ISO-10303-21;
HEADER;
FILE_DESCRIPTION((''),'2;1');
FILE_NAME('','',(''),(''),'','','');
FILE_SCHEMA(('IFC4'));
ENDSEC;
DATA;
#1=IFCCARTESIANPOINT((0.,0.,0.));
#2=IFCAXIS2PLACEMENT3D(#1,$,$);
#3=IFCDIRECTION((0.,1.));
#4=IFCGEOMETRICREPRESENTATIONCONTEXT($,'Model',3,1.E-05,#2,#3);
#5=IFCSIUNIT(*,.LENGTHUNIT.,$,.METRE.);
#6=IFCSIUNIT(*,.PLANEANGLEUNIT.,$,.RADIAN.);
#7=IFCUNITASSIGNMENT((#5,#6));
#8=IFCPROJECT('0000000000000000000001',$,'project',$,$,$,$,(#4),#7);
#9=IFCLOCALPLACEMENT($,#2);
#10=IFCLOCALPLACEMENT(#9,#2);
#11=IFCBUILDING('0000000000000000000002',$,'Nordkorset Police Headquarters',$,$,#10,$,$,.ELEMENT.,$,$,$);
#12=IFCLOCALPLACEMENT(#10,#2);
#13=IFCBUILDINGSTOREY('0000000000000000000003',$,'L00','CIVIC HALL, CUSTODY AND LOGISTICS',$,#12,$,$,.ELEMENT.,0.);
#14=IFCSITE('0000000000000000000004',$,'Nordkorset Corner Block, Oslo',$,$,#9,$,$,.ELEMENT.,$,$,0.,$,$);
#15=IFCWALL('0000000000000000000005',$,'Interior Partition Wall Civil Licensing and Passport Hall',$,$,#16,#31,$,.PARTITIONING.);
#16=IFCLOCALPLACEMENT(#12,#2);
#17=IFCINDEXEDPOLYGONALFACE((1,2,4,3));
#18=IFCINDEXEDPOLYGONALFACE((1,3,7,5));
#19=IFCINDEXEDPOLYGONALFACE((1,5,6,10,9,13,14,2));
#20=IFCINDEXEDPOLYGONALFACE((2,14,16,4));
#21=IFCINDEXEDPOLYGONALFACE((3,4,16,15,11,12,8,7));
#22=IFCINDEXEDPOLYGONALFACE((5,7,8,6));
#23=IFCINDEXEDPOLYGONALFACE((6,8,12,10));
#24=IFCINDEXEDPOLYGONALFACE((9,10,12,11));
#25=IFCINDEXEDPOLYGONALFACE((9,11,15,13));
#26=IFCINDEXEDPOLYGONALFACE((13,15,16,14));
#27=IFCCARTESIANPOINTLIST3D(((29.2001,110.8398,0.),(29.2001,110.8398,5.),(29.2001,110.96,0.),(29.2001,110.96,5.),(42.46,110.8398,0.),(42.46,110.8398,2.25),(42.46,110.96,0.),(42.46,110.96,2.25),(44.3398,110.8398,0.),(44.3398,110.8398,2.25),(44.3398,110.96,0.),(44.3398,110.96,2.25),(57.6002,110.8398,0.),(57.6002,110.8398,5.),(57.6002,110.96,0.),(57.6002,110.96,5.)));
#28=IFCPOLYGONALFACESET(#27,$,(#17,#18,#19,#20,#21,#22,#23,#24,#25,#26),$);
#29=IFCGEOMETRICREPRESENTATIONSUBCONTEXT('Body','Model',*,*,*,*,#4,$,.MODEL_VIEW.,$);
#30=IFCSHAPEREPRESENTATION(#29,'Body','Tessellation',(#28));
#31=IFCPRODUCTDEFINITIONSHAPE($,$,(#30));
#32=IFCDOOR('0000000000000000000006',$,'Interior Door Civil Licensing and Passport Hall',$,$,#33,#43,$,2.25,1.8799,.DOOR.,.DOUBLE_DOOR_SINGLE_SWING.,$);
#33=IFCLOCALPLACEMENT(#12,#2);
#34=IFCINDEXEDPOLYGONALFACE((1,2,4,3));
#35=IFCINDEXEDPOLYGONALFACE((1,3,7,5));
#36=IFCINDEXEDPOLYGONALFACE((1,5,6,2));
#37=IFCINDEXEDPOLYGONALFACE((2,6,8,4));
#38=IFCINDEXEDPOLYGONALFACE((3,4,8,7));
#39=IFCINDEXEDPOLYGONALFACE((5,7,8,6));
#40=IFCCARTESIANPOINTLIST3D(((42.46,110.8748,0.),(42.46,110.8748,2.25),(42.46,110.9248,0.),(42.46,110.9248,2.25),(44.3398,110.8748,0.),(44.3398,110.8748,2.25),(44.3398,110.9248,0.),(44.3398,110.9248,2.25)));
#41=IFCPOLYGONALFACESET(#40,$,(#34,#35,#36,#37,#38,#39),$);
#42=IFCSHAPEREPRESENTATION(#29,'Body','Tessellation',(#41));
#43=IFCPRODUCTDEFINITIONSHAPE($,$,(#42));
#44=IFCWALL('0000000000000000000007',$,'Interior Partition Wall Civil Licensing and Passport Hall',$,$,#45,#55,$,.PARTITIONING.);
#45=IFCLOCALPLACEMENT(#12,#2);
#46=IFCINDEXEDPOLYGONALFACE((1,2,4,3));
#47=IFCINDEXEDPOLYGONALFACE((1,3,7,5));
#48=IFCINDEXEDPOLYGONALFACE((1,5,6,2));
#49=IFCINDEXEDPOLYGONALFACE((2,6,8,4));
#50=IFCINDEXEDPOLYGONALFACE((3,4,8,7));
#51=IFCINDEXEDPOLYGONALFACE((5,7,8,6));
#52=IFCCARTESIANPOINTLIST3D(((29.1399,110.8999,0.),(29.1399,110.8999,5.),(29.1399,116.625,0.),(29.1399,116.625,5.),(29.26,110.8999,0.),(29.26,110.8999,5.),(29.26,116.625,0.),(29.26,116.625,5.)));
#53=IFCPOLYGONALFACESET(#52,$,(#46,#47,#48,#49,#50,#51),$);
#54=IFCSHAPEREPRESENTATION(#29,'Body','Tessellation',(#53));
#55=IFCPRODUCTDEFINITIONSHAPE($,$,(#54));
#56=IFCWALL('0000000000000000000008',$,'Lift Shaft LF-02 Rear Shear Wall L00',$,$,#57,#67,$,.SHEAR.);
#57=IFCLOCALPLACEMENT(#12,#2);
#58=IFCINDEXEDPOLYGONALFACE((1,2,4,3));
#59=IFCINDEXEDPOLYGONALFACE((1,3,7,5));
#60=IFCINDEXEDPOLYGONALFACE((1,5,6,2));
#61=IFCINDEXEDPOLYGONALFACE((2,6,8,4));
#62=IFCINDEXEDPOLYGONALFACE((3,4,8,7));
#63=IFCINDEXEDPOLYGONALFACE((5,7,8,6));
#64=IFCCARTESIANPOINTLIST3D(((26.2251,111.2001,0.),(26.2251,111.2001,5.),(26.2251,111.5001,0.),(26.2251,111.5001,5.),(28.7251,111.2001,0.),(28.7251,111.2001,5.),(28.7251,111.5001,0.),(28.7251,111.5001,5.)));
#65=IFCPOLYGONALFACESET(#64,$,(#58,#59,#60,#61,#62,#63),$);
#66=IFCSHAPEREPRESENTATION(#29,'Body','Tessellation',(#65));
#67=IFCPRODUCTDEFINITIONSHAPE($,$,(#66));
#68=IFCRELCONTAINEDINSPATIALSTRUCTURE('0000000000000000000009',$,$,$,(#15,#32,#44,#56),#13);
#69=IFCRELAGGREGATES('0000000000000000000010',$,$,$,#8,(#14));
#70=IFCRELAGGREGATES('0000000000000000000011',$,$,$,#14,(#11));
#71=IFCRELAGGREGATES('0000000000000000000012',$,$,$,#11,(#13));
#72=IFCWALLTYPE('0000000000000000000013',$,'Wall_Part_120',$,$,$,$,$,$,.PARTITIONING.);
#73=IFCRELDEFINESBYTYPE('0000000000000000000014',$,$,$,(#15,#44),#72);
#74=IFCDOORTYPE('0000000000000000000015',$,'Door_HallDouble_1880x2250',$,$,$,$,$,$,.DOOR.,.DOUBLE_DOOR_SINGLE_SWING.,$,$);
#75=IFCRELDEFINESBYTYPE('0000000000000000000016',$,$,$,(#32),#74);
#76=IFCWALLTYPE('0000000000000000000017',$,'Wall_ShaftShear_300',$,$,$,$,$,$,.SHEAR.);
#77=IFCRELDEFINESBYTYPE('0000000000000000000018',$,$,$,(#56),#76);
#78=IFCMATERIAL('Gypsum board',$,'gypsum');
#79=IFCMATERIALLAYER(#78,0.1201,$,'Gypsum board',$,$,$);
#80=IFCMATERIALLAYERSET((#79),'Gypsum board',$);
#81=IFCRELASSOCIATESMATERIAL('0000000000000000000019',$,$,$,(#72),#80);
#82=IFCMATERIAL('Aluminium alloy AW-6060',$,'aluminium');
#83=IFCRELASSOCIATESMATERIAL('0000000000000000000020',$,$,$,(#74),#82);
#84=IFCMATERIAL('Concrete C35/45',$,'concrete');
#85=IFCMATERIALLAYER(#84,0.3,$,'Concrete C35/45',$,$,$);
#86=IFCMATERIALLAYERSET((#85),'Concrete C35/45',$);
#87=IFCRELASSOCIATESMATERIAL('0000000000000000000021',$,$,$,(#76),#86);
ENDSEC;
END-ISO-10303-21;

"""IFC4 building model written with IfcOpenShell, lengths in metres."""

from ifc_helpers import new_model, si_unit, direction, frame, frame_2d, origin, place, context, subcontext, project, spatial, rectangle, extrude, material, layer, layer_set, type_object, element, fill, save


model = new_model("IFC4")

# Units and contexts
model_context = context("Model", 3, precision=1e-05, world=origin(), true_north=direction((0.0, 1.0)))
body_context = subcontext(model_context, "Body", "Model", "MODEL_VIEW")
ifc_project = project(units=[si_unit("LENGTHUNIT", "METRE"), si_unit("PLANEANGLEUNIT", "RADIAN")], contexts=[model_context])

# Site, building, storey
site_placement = place(None, origin())
site = spatial("IfcSite", under=ifc_project, at=site_placement, Name="Nordkorset Corner Block, Oslo", CompositionType="ELEMENT", RefElevation=0.0)
building_placement = place(site_placement, origin())
building = spatial("IfcBuilding", under=site, at=building_placement, Name="Nordkorset Police Headquarters", CompositionType="ELEMENT")
storey_placement = place(building_placement, origin())
storey = spatial("IfcBuildingStorey", under=building, at=storey_placement, Name="L00", Description="CIVIC HALL, CUSTODY AND LOGISTICS", CompositionType="ELEMENT", Elevation=0.0)

# Wall, opening, door
ifc_material_1 = material(Name="Gypsum board", Category="gypsum")
ifc_layer_1 = layer(ifc_material_1, 0.1201, Name="Gypsum board")
ifc_layer_set_1 = layer_set([ifc_layer_1], Name="Gypsum board")
wall_type_1 = type_object("IfcWallType", Name="Wall_Part_120", PredefinedType="PARTITIONING", material=ifc_layer_set_1)
wall_1_placement = place(storey_placement, frame((29.2, 110.8999, 0.0), z_axis=(0.0, 0.0, 1.0), x_axis=(1.0, 0.0, 0.0)))
wall_1 = element("IfcWall", 1, at=wall_1_placement, inside=storey, type_object=wall_type_1, Name="Interior Partition Wall Civil Licensing and Passport Hall", PredefinedType="PARTITIONING", context=body_context, shape_type="SweptSolid", body=[
    extrude(rectangle(XDim=28.4001, YDim=0.1201, at=frame_2d((14.2002, 0.0))), origin(), (0.0, 0.0, 1.0), 5.0),
])
opening_placement = place(wall_1_placement, frame((13.26, 0.0, 0.0)))
opening = element("IfcOpeningElement", 2, at=opening_placement, cuts=wall_1, PredefinedType="OPENING", context=body_context, shape_type="SweptSolid", body=[
    extrude(rectangle(XDim=1.8799, YDim=2.25, at=frame_2d((0.9399, 1.125))), frame((0.0, 0.0701, 0.0), z_axis=(0.0, -1.0, 0.0), x_axis=(1.0, 0.0, 0.0)), (0.0, 0.0, 1.0), 0.1401),
])
ifc_material_2 = material(Name="Aluminium alloy AW-6060", Category="aluminium")
door_type = type_object("IfcDoorType", Name="Door_HallDouble_1880x2250", OperationType="DOUBLE_DOOR_SINGLE_SWING", PredefinedType="DOOR", material=ifc_material_2)
door_placement = place(opening_placement, origin())
door = element("IfcDoor", 3, at=door_placement, inside=storey, type_object=door_type, Name="Interior Door Civil Licensing and Passport Hall", OperationType="DOUBLE_DOOR_SINGLE_SWING", OverallHeight=2.25, OverallWidth=1.8799, PredefinedType="DOOR", context=body_context, shape_type="SweptSolid", body=[
    extrude(rectangle(XDim=1.8799, YDim=2.25, at=frame_2d((0.9399, 1.125))), frame((0.0, 0.0249, 0.0), z_axis=(0.0, -1.0, 0.0), x_axis=(1.0, 0.0, 0.0)), (0.0, 0.0, 1.0), 0.05),
])
fill(opening, door)

# Walls
wall_2_placement = place(storey_placement, frame((29.2, 116.625, 0.0), z_axis=(0.0, 0.0, 1.0), x_axis=(0.0, -1.0, 0.0)))
element("IfcWall", 4, at=wall_2_placement, inside=storey, type_object=wall_type_1, Name="Interior Partition Wall Civil Licensing and Passport Hall", PredefinedType="PARTITIONING", context=body_context, shape_type="SweptSolid", body=[
    extrude(rectangle(XDim=5.7251, YDim=0.1201, at=frame_2d((2.8625, 0.0))), origin(), (0.0, 0.0, 1.0), 5.0),
])
ifc_material_3 = material(Name="Concrete C35/45", Category="concrete")
ifc_layer_2 = layer(ifc_material_3, 0.3, Name="Concrete C35/45")
ifc_layer_set_2 = layer_set([ifc_layer_2], Name="Concrete C35/45")
wall_type_2 = type_object("IfcWallType", Name="Wall_ShaftShear_300", PredefinedType="SHEAR", material=ifc_layer_set_2)
wall_3_placement = place(storey_placement, frame((26.2251, 111.3501, 0.0), z_axis=(0.0, 0.0, 1.0), x_axis=(1.0, 0.0, 0.0)))
element("IfcWall", 5, at=wall_3_placement, inside=storey, type_object=wall_type_2, Name="Lift Shaft LF-02 Rear Shear Wall L00", PredefinedType="SHEAR", context=body_context, shape_type="SweptSolid", body=[
    extrude(rectangle(XDim=2.5, YDim=0.3, at=frame_2d((1.25, 0.0))), origin(), (0.0, 0.0, 1.0), 5.0),
])

save(model, "model.ifc")
